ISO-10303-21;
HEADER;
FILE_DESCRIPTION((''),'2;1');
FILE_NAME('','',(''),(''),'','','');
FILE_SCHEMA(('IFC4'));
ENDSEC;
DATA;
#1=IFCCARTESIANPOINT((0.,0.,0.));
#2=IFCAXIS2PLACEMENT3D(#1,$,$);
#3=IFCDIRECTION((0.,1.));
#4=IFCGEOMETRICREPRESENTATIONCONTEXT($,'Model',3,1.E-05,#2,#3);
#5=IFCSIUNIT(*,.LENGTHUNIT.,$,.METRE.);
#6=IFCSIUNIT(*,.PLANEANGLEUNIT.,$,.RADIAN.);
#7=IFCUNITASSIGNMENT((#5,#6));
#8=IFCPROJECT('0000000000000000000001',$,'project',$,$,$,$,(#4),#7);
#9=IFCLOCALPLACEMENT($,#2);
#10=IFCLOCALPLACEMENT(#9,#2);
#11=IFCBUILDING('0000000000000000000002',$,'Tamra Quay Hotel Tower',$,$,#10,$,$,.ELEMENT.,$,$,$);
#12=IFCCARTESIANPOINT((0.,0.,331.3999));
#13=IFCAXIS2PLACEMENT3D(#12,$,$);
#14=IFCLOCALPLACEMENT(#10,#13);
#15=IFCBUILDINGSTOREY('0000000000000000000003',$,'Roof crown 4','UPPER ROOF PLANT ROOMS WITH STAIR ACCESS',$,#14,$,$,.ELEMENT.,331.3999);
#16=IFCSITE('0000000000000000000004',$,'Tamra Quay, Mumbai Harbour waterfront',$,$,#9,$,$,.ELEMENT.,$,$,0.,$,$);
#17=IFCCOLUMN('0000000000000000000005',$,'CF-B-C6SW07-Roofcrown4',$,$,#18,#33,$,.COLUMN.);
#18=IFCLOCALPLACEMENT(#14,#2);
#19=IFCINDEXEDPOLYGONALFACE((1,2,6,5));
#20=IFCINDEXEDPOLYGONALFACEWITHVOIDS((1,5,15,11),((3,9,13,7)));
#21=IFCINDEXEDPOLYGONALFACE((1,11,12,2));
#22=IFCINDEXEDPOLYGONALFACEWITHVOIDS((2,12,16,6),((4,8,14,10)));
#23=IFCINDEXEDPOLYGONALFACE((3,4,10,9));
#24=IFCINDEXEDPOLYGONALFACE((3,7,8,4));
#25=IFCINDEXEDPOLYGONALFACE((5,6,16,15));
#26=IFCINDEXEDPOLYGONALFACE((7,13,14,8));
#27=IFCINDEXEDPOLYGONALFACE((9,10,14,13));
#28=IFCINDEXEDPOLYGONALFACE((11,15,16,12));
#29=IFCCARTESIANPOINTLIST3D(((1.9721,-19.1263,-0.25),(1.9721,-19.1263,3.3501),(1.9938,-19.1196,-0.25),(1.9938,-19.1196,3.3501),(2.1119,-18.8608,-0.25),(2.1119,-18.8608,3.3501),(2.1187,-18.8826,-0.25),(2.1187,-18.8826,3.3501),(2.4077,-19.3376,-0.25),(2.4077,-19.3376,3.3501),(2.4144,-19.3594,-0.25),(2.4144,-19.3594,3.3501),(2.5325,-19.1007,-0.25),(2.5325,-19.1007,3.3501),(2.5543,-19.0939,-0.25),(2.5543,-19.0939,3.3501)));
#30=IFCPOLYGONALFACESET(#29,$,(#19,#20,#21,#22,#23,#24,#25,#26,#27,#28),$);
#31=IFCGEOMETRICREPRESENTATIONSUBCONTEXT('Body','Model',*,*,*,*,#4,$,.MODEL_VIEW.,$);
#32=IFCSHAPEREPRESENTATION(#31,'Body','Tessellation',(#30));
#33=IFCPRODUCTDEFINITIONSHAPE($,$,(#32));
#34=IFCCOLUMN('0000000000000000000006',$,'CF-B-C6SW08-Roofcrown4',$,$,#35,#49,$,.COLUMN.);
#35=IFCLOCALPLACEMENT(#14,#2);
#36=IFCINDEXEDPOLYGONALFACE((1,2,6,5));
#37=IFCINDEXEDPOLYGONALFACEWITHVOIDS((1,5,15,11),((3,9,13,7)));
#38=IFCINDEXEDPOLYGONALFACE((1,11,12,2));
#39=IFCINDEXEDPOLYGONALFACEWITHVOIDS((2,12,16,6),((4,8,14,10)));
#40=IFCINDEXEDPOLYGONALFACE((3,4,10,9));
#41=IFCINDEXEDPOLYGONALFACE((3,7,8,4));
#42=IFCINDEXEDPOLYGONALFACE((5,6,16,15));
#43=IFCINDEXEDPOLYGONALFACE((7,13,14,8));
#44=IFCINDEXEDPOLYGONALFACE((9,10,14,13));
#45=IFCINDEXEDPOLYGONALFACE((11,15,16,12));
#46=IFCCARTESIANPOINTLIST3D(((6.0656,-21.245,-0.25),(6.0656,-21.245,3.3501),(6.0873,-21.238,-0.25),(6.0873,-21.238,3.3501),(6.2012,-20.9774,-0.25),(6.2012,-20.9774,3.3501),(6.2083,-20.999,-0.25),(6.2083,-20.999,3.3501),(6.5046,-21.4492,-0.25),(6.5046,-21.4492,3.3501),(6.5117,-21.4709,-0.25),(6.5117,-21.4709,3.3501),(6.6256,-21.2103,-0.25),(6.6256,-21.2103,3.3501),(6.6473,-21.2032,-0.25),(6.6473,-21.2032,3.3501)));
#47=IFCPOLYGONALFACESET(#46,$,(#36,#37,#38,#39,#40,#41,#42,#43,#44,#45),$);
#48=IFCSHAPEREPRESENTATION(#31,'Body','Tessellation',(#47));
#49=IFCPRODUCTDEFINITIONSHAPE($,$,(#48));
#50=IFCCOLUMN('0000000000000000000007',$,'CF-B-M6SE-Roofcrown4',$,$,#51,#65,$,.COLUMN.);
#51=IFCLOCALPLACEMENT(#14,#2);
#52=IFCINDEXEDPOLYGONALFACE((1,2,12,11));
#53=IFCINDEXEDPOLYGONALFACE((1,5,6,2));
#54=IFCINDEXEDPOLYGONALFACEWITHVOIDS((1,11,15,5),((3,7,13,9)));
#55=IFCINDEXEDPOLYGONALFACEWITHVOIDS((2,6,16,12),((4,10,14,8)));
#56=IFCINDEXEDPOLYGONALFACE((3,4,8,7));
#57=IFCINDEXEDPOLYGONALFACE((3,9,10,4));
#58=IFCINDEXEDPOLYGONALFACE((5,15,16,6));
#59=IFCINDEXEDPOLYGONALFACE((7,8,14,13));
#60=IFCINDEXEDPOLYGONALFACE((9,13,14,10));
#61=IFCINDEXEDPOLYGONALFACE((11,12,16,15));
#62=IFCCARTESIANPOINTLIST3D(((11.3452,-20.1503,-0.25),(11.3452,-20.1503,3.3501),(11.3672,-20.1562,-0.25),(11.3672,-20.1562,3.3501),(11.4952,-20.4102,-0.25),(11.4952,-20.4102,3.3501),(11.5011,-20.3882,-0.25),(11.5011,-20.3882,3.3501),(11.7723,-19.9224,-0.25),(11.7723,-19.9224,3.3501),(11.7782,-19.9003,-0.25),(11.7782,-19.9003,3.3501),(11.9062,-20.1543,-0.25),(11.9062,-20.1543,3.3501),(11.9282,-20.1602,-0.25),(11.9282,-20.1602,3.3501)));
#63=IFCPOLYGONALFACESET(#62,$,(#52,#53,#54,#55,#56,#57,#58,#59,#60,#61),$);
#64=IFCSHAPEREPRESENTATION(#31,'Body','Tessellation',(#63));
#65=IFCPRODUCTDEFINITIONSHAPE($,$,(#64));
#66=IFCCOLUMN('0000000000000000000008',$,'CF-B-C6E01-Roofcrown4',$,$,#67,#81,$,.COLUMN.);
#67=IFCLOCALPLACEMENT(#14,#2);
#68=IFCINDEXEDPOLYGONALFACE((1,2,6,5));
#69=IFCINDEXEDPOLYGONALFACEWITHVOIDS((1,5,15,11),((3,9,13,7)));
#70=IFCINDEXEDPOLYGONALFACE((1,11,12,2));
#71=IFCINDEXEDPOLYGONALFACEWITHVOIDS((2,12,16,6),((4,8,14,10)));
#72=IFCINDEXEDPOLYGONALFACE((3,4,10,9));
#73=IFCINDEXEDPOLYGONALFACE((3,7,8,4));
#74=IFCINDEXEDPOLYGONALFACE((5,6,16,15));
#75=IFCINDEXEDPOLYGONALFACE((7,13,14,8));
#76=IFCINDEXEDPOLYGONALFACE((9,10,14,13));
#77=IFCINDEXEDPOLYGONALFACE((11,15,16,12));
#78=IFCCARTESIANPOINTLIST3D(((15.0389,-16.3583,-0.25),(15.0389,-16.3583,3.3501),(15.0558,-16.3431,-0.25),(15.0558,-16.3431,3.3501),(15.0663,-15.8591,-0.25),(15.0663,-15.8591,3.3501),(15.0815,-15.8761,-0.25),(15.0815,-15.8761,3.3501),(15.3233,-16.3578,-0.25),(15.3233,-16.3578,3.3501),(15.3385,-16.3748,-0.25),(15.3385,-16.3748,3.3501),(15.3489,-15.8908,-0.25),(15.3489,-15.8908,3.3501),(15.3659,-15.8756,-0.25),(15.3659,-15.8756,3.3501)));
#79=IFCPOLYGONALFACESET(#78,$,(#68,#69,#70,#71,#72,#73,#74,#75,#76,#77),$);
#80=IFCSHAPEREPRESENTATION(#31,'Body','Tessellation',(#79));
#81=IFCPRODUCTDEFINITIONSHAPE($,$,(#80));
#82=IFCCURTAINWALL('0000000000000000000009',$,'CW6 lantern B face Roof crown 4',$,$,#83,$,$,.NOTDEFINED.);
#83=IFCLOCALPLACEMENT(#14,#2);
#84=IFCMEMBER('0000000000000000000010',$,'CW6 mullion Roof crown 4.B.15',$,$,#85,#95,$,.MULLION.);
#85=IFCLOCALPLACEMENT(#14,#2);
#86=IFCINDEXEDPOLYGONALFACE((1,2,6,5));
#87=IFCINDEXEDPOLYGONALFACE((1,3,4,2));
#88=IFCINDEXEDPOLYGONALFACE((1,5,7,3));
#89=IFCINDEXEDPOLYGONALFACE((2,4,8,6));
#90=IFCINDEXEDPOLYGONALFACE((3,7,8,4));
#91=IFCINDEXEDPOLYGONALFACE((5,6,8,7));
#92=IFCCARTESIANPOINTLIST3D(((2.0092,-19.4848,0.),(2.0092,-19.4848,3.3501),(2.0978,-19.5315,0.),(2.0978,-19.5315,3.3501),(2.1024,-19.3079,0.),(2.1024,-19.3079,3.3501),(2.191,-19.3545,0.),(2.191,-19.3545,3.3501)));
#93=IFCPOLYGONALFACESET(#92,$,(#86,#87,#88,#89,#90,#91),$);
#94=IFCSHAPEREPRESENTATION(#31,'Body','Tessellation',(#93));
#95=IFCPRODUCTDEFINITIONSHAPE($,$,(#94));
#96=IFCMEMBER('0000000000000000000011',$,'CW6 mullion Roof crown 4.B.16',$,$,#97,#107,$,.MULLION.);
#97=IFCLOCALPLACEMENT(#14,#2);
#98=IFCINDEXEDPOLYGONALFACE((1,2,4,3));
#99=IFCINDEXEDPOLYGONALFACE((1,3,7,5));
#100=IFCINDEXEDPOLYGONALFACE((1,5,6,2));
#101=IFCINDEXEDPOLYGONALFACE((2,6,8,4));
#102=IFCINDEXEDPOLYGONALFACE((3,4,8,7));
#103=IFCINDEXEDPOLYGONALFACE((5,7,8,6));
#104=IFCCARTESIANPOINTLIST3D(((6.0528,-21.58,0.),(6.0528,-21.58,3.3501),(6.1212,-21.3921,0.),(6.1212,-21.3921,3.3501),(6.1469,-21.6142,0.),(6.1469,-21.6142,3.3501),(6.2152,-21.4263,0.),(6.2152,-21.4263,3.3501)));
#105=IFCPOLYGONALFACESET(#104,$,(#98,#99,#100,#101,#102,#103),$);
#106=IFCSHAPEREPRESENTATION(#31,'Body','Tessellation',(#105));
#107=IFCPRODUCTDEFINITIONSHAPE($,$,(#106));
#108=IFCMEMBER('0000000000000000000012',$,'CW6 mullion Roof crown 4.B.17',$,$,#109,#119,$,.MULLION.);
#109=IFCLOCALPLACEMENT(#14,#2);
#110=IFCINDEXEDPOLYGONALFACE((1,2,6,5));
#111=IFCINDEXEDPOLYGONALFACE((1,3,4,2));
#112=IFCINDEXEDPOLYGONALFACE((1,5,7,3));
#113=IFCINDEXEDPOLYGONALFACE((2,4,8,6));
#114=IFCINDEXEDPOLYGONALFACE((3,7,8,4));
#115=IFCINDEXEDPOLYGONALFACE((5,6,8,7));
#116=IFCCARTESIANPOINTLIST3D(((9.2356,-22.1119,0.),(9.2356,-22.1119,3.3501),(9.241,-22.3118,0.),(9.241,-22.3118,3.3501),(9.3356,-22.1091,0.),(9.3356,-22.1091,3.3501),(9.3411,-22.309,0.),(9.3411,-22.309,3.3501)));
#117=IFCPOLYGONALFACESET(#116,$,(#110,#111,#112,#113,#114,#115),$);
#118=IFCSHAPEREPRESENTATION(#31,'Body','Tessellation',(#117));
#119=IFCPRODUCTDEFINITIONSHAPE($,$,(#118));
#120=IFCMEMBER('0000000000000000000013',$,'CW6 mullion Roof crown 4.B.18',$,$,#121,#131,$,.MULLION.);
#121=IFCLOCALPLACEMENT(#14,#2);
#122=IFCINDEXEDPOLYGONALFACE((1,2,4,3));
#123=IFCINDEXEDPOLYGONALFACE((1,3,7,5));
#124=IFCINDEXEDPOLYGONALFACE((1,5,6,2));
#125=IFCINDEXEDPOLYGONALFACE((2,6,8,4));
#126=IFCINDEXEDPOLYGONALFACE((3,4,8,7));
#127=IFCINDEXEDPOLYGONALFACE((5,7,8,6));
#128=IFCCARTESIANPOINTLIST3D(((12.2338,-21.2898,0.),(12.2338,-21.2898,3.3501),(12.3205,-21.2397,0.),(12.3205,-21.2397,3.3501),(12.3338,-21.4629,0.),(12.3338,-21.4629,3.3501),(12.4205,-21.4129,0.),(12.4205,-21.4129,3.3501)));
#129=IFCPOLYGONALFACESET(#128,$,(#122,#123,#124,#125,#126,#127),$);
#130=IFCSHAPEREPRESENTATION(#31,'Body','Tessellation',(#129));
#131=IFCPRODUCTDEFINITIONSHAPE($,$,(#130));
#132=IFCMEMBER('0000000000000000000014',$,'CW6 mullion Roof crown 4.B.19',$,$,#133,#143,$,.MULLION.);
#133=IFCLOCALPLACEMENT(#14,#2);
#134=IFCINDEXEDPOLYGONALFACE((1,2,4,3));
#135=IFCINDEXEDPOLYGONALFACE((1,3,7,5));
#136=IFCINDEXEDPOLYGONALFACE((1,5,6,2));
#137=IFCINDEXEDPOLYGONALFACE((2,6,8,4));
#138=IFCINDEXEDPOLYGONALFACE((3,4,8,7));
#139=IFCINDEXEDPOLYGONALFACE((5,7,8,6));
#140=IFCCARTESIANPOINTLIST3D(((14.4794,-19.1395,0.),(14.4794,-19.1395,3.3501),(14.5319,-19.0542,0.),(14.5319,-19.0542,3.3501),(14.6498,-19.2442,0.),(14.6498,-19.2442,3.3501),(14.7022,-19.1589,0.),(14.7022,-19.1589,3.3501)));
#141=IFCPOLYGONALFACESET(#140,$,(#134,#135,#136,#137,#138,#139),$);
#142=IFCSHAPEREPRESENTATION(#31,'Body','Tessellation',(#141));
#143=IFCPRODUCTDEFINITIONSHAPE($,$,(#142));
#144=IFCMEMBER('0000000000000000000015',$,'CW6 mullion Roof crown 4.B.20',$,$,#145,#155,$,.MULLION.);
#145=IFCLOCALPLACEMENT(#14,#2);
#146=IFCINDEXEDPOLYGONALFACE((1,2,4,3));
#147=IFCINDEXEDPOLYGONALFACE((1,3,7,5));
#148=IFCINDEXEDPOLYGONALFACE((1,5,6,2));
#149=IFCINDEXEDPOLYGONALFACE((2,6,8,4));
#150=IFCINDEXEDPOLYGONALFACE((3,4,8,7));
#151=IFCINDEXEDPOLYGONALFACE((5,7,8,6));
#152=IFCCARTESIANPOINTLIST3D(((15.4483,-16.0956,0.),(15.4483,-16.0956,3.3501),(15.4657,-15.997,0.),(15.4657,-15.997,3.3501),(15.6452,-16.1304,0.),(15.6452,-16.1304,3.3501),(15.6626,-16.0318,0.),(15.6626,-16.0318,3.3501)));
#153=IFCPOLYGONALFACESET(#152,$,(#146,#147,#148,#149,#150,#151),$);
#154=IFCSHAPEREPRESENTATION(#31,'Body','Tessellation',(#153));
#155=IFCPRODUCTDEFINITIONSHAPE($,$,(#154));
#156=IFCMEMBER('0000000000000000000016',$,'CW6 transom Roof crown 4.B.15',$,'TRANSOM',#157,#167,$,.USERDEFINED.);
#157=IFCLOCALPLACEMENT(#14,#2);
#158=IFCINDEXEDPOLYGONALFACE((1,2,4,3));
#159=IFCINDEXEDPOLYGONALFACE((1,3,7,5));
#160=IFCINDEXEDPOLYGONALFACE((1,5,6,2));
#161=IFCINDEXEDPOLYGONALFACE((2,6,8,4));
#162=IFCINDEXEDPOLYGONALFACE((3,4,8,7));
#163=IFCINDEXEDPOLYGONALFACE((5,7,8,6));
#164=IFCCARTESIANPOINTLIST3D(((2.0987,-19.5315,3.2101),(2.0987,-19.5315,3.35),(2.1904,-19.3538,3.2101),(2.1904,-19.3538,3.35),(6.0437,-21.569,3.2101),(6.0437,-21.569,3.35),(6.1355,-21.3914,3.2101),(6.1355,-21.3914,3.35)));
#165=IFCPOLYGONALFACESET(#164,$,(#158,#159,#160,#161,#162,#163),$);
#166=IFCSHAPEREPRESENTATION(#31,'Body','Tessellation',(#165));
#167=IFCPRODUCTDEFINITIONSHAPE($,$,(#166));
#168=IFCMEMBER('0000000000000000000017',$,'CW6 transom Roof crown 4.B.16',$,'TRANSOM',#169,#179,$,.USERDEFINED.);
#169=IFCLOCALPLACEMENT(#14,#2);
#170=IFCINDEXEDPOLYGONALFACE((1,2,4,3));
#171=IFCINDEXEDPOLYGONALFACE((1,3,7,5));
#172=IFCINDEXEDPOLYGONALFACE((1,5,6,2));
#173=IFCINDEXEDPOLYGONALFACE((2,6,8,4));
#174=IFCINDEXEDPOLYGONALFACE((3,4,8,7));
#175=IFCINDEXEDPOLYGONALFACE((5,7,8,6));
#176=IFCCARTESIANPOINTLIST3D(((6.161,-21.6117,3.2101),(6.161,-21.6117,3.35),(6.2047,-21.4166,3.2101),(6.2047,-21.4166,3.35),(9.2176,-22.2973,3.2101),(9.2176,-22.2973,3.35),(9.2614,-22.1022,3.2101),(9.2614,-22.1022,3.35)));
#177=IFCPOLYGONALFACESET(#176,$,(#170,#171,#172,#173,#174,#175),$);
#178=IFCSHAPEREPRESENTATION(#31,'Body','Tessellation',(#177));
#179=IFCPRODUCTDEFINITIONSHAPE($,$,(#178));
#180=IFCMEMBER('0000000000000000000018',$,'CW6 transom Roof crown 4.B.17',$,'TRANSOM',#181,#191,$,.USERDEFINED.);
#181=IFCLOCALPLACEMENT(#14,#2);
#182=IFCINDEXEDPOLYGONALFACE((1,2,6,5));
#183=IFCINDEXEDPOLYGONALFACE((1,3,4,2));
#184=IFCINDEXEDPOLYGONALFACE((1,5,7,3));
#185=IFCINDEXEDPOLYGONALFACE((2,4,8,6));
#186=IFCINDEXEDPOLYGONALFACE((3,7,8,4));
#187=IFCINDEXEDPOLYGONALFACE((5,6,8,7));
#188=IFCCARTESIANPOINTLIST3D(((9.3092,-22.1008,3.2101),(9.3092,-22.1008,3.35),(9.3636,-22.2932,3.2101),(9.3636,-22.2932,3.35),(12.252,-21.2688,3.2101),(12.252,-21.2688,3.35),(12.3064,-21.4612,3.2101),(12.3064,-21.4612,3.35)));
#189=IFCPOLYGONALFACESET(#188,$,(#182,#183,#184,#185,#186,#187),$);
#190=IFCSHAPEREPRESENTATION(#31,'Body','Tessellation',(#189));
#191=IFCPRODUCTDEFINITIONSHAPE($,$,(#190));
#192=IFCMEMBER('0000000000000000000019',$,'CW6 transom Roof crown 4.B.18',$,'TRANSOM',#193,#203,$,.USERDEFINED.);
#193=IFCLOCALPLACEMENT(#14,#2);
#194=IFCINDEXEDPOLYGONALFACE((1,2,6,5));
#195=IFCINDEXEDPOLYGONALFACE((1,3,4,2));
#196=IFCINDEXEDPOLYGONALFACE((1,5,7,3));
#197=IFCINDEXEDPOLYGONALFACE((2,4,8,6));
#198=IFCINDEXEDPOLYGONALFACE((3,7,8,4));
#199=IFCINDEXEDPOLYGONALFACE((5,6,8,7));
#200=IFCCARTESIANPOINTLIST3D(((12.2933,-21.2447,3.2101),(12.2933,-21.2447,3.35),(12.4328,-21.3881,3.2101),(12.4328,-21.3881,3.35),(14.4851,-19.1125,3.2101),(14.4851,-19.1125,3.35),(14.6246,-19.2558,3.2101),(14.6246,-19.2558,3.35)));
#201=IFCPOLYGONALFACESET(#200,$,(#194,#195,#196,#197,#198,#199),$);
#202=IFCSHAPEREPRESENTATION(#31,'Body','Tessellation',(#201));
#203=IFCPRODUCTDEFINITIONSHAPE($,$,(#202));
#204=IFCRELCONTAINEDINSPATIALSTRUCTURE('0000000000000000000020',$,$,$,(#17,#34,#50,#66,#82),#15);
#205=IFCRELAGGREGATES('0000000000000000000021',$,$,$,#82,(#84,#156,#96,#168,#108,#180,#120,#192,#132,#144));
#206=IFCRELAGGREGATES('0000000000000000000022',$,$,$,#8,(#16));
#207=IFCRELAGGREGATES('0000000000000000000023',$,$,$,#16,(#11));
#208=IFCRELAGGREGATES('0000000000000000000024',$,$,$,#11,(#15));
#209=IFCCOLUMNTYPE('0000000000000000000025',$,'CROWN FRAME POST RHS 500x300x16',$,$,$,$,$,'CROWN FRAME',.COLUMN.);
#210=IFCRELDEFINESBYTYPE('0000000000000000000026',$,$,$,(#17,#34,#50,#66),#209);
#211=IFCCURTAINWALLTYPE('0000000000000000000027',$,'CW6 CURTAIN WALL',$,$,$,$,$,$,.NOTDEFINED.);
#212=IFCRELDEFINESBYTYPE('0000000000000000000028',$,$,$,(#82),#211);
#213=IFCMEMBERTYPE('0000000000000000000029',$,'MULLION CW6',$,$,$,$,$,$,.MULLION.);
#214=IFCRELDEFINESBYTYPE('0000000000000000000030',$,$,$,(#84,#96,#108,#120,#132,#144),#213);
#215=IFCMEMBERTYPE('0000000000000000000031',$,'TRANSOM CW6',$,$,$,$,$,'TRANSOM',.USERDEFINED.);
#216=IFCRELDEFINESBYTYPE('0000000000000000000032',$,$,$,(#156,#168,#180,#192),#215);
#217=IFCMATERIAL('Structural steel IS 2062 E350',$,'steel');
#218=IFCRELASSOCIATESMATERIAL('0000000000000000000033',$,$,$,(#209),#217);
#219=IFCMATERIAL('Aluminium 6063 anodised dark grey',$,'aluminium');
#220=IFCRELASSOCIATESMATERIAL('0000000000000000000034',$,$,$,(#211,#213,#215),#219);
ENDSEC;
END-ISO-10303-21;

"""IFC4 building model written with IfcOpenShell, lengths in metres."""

from ifc_helpers import new_model, si_unit, direction, frame, origin, origin_2d, place, context, subcontext, project, spatial, rectangle, hollow_rectangle, extrude, material, material_profile, profile_set, type_object, element, aggregate, save


model = new_model("IFC4")

# Units and contexts
model_context = context("Model", 3, precision=1e-05, world=origin(), true_north=direction((0.0, 1.0)))
body_context = subcontext(model_context, "Body", "Model", "MODEL_VIEW")
ifc_project = project(units=[si_unit("LENGTHUNIT", "METRE"), si_unit("PLANEANGLEUNIT", "RADIAN")], contexts=[model_context])

# Site, building, storey
site_placement = place(None, origin())
site = spatial("IfcSite", under=ifc_project, at=site_placement, Name="Tamra Quay, Mumbai Harbour waterfront", CompositionType="ELEMENT", RefElevation=0.0)
building_placement = place(site_placement, origin())
building = spatial("IfcBuilding", under=site, at=building_placement, Name="Tamra Quay Hotel Tower", CompositionType="ELEMENT")
storey_placement = place(building_placement, frame((0.0, 0.0, 331.3999)))
storey = spatial("IfcBuildingStorey", under=building, at=storey_placement, Name="Roof crown 4", Description="UPPER ROOF PLANT ROOMS WITH STAIR ACCESS", CompositionType="ELEMENT", Elevation=331.3999)

# Columns
ifc_material_1 = material(Name="Structural steel IS 2062 E350", Category="steel")
ifc_material_profile_1 = material_profile(ifc_material_1, hollow_rectangle(XDim=0.3, YDim=0.5, WallThickness=0.0161, at=origin_2d()), Name="RHS 500x300x16")
ifc_profile_set_1 = profile_set([ifc_material_profile_1], Name="Structural steel IS 2062 E350")
column_type = type_object("IfcColumnType", Name="CROWN FRAME POST RHS 500x300x16", ElementType="CROWN FRAME", PredefinedType="COLUMN", material=ifc_profile_set_1)
for number, where, z_axis, x_axis, name in (
    (1, (2.2632, -19.1101, -0.25), (0.0, 0.0, 1.0), (0.466118, 0.884723, 0.0), "CF-B-C6SW07-Roofcrown4"),
    (2, (6.3564, -21.2241, -0.25), (0.0, 0.0, 1.0), (0.451686, 0.892177, 0.0), "CF-B-C6SW08-Roofcrown4"),
    (3, (11.6367, -20.1553, -0.25), (0.0, 0.0, 1.0), (-0.5, 0.866025, 0.0), "CF-B-M6SE-Roofcrown4"),
    (4, (15.2024, -16.1169, -0.25), (0.0, 0.0, 1.0), (-0.998491, 0.054917, 0.0), "CF-B-C6E01-Roofcrown4"),
):
    element("IfcColumn", number, at=place(storey_placement, frame(where, z_axis=z_axis, x_axis=x_axis)), inside=storey, type_object=column_type, Name=name, PredefinedType="COLUMN", context=body_context, shape_type="SweptSolid", body=[
        extrude(hollow_rectangle(XDim=0.3, YDim=0.5, WallThickness=0.0161, at=origin_2d()), origin(), (0.0, 0.0, 1.0), 3.6001),
    ])

# Curtain wall, members
ifc_material_2 = material(Name="Aluminium 6063 anodised dark grey", Category="aluminium")
curtain_wall_type = type_object("IfcCurtainWallType", Name="CW6 CURTAIN WALL", PredefinedType="NOTDEFINED", material=ifc_material_2)
curtain_wall_placement = place(storey_placement, origin())
curtain_wall = element("IfcCurtainWall", 5, at=curtain_wall_placement, inside=storey, type_object=curtain_wall_type, Name="CW6 lantern B face Roof crown 4", PredefinedType="NOTDEFINED")
ifc_material_profile_2 = material_profile(ifc_material_2, rectangle(XDim=0.2, YDim=0.1001, at=origin_2d()), Name="MULLION 100X200")
ifc_profile_set_2 = profile_set([ifc_material_profile_2], Name="Aluminium 6063 anodised dark grey")
member_type_1 = type_object("IfcMemberType", Name="MULLION CW6", PredefinedType="MULLION", material=ifc_profile_set_2)
member_1_placement = place(storey_placement, frame((2.1001, -19.4197, 0.0), z_axis=(0.0, 0.0, 1.0), x_axis=(-0.465816, -0.884882, 0.0)))
member_1 = element("IfcMember", 6, at=member_1_placement, type_object=member_type_1, Name="CW6 mullion Roof crown 4.B.15", PredefinedType="MULLION", context=body_context, shape_type="SweptSolid", body=[
    extrude(rectangle(XDim=0.2, YDim=0.1001, at=origin_2d()), origin(), (0.0, 0.0, 1.0), 3.3501),
])
member_2_placement = place(storey_placement, frame((6.134, -21.5032, 0.0), z_axis=(0.0, 0.0, 1.0), x_axis=(-0.341653, -0.939826, 0.0)))
member_2 = element("IfcMember", 7, at=member_2_placement, type_object=member_type_1, Name="CW6 mullion Roof crown 4.B.16", PredefinedType="MULLION", context=body_context, shape_type="SweptSolid", body=[
    extrude(rectangle(XDim=0.2, YDim=0.1001, at=origin_2d()), origin(), (0.0, 0.0, 1.0), 3.3501),
])
member_3_placement = place(storey_placement, frame((9.2883, -22.2104, 0.0), z_axis=(0.0, 0.0, 1.0), x_axis=(0.027469, -0.999623, 0.0)))
member_3 = element("IfcMember", 8, at=member_3_placement, type_object=member_type_1, Name="CW6 mullion Roof crown 4.B.17", PredefinedType="MULLION", context=body_context, shape_type="SweptSolid", body=[
    extrude(rectangle(XDim=0.2, YDim=0.1001, at=origin_2d()), origin(), (0.0, 0.0, 1.0), 3.3501),
])
member_4_placement = place(storey_placement, frame((12.3271, -21.3513, 0.0), z_axis=(0.0, 0.0, 1.0), x_axis=(0.5, -0.866025, 0.0)))
member_4 = element("IfcMember", 9, at=member_4_placement, type_object=member_type_1, Name="CW6 mullion Roof crown 4.B.18", PredefinedType="MULLION", context=body_context, shape_type="SweptSolid", body=[
    extrude(rectangle(XDim=0.2, YDim=0.1001, at=origin_2d()), origin(), (0.0, 0.0, 1.0), 3.3501),
])
member_5_placement = place(storey_placement, frame((14.5908, -19.1492, 0.0), z_axis=(0.0, 0.0, 1.0), x_axis=(0.851964, -0.5236, 0.0)))
member_5 = element("IfcMember", 10, at=member_5_placement, type_object=member_type_1, Name="CW6 mullion Roof crown 4.B.19", PredefinedType="MULLION", context=body_context, shape_type="SweptSolid", body=[
    extrude(rectangle(XDim=0.2, YDim=0.1001, at=origin_2d()), origin(), (0.0, 0.0, 1.0), 3.3501),
])
member_6_placement = place(storey_placement, frame((15.5554, -16.0637, 0.0), z_axis=(0.0, 0.0, 1.0), x_axis=(0.98474, -0.174032, 0.0)))
member_6 = element("IfcMember", 11, at=member_6_placement, type_object=member_type_1, Name="CW6 mullion Roof crown 4.B.20", PredefinedType="MULLION", context=body_context, shape_type="SweptSolid", body=[
    extrude(rectangle(XDim=0.2, YDim=0.1001, at=origin_2d()), origin(), (0.0, 0.0, 1.0), 3.3501),
])
ifc_material_profile_3 = material_profile(ifc_material_2, rectangle(XDim=0.2, YDim=0.1399, at=origin_2d()), Name="TRANSOM 200X140")
ifc_profile_set_3 = profile_set([ifc_material_profile_3], Name="Aluminium 6063 anodised dark grey")
member_type_2 = type_object("IfcMemberType", Name="TRANSOM CW6", ElementType="TRANSOM", PredefinedType="USERDEFINED", material=ifc_profile_set_3)
member_7_placement = place(storey_placement, frame((2.1445, -19.4426, 3.28), z_axis=(0.888489, -0.458898, 0.0), x_axis=(0.458898, 0.888489, 0.0)))
member_7 = element("IfcMember", 12, at=member_7_placement, type_object=member_type_2, Name="CW6 transom Roof crown 4.B.15", ObjectType="TRANSOM", PredefinedType="USERDEFINED", context=body_context, shape_type="SweptSolid", body=[
    extrude(rectangle(XDim=0.2, YDim=0.1399, at=origin_2d()), origin(), (0.0, 0.0, 1.0), 4.4402),
])
member_8_placement = place(storey_placement, frame((6.1829, -21.5142, 3.28), z_axis=(0.97576, -0.218845, 0.0), x_axis=(0.218845, 0.97576, 0.0)))
member_8 = element("IfcMember", 13, at=member_8_placement, type_object=member_type_2, Name="CW6 transom Roof crown 4.B.16", ObjectType="TRANSOM", PredefinedType="USERDEFINED", context=body_context, shape_type="SweptSolid", body=[
    extrude(rectangle(XDim=0.2, YDim=0.1399, at=origin_2d()), origin(), (0.0, 0.0, 1.0), 3.1326),
])
member_9_placement = place(storey_placement, frame((9.3364, -22.197, 3.28), z_axis=(0.962274, 0.272084, 0.0), x_axis=(-0.272084, 0.962274, 0.0)))
member_9 = element("IfcMember", 14, at=member_9_placement, type_object=member_type_2, Name="CW6 transom Roof crown 4.B.17", ObjectType="TRANSOM", PredefinedType="USERDEFINED", context=body_context, shape_type="SweptSolid", body=[
    extrude(rectangle(XDim=0.2, YDim=0.1399, at=origin_2d()), origin(), (0.0, 0.0, 1.0), 3.0581),
])
member_10_placement = place(storey_placement, frame((12.363, -21.3164, 3.28), z_axis=(0.71678, 0.6973, 0.0), x_axis=(-0.6973, 0.71678, 0.0)))
member_10 = element("IfcMember", 15, at=member_10_placement, type_object=member_type_2, Name="CW6 transom Roof crown 4.B.18", ObjectType="TRANSOM", PredefinedType="USERDEFINED", context=body_context, shape_type="SweptSolid", body=[
    extrude(rectangle(XDim=0.2, YDim=0.1399, at=origin_2d()), origin(), (0.0, 0.0, 1.0), 3.0579),
])
aggregate(curtain_wall, [member_1, member_7, member_2, member_8, member_3, member_9, member_4, member_10, member_5, member_6])

save(model, "model.ifc")
